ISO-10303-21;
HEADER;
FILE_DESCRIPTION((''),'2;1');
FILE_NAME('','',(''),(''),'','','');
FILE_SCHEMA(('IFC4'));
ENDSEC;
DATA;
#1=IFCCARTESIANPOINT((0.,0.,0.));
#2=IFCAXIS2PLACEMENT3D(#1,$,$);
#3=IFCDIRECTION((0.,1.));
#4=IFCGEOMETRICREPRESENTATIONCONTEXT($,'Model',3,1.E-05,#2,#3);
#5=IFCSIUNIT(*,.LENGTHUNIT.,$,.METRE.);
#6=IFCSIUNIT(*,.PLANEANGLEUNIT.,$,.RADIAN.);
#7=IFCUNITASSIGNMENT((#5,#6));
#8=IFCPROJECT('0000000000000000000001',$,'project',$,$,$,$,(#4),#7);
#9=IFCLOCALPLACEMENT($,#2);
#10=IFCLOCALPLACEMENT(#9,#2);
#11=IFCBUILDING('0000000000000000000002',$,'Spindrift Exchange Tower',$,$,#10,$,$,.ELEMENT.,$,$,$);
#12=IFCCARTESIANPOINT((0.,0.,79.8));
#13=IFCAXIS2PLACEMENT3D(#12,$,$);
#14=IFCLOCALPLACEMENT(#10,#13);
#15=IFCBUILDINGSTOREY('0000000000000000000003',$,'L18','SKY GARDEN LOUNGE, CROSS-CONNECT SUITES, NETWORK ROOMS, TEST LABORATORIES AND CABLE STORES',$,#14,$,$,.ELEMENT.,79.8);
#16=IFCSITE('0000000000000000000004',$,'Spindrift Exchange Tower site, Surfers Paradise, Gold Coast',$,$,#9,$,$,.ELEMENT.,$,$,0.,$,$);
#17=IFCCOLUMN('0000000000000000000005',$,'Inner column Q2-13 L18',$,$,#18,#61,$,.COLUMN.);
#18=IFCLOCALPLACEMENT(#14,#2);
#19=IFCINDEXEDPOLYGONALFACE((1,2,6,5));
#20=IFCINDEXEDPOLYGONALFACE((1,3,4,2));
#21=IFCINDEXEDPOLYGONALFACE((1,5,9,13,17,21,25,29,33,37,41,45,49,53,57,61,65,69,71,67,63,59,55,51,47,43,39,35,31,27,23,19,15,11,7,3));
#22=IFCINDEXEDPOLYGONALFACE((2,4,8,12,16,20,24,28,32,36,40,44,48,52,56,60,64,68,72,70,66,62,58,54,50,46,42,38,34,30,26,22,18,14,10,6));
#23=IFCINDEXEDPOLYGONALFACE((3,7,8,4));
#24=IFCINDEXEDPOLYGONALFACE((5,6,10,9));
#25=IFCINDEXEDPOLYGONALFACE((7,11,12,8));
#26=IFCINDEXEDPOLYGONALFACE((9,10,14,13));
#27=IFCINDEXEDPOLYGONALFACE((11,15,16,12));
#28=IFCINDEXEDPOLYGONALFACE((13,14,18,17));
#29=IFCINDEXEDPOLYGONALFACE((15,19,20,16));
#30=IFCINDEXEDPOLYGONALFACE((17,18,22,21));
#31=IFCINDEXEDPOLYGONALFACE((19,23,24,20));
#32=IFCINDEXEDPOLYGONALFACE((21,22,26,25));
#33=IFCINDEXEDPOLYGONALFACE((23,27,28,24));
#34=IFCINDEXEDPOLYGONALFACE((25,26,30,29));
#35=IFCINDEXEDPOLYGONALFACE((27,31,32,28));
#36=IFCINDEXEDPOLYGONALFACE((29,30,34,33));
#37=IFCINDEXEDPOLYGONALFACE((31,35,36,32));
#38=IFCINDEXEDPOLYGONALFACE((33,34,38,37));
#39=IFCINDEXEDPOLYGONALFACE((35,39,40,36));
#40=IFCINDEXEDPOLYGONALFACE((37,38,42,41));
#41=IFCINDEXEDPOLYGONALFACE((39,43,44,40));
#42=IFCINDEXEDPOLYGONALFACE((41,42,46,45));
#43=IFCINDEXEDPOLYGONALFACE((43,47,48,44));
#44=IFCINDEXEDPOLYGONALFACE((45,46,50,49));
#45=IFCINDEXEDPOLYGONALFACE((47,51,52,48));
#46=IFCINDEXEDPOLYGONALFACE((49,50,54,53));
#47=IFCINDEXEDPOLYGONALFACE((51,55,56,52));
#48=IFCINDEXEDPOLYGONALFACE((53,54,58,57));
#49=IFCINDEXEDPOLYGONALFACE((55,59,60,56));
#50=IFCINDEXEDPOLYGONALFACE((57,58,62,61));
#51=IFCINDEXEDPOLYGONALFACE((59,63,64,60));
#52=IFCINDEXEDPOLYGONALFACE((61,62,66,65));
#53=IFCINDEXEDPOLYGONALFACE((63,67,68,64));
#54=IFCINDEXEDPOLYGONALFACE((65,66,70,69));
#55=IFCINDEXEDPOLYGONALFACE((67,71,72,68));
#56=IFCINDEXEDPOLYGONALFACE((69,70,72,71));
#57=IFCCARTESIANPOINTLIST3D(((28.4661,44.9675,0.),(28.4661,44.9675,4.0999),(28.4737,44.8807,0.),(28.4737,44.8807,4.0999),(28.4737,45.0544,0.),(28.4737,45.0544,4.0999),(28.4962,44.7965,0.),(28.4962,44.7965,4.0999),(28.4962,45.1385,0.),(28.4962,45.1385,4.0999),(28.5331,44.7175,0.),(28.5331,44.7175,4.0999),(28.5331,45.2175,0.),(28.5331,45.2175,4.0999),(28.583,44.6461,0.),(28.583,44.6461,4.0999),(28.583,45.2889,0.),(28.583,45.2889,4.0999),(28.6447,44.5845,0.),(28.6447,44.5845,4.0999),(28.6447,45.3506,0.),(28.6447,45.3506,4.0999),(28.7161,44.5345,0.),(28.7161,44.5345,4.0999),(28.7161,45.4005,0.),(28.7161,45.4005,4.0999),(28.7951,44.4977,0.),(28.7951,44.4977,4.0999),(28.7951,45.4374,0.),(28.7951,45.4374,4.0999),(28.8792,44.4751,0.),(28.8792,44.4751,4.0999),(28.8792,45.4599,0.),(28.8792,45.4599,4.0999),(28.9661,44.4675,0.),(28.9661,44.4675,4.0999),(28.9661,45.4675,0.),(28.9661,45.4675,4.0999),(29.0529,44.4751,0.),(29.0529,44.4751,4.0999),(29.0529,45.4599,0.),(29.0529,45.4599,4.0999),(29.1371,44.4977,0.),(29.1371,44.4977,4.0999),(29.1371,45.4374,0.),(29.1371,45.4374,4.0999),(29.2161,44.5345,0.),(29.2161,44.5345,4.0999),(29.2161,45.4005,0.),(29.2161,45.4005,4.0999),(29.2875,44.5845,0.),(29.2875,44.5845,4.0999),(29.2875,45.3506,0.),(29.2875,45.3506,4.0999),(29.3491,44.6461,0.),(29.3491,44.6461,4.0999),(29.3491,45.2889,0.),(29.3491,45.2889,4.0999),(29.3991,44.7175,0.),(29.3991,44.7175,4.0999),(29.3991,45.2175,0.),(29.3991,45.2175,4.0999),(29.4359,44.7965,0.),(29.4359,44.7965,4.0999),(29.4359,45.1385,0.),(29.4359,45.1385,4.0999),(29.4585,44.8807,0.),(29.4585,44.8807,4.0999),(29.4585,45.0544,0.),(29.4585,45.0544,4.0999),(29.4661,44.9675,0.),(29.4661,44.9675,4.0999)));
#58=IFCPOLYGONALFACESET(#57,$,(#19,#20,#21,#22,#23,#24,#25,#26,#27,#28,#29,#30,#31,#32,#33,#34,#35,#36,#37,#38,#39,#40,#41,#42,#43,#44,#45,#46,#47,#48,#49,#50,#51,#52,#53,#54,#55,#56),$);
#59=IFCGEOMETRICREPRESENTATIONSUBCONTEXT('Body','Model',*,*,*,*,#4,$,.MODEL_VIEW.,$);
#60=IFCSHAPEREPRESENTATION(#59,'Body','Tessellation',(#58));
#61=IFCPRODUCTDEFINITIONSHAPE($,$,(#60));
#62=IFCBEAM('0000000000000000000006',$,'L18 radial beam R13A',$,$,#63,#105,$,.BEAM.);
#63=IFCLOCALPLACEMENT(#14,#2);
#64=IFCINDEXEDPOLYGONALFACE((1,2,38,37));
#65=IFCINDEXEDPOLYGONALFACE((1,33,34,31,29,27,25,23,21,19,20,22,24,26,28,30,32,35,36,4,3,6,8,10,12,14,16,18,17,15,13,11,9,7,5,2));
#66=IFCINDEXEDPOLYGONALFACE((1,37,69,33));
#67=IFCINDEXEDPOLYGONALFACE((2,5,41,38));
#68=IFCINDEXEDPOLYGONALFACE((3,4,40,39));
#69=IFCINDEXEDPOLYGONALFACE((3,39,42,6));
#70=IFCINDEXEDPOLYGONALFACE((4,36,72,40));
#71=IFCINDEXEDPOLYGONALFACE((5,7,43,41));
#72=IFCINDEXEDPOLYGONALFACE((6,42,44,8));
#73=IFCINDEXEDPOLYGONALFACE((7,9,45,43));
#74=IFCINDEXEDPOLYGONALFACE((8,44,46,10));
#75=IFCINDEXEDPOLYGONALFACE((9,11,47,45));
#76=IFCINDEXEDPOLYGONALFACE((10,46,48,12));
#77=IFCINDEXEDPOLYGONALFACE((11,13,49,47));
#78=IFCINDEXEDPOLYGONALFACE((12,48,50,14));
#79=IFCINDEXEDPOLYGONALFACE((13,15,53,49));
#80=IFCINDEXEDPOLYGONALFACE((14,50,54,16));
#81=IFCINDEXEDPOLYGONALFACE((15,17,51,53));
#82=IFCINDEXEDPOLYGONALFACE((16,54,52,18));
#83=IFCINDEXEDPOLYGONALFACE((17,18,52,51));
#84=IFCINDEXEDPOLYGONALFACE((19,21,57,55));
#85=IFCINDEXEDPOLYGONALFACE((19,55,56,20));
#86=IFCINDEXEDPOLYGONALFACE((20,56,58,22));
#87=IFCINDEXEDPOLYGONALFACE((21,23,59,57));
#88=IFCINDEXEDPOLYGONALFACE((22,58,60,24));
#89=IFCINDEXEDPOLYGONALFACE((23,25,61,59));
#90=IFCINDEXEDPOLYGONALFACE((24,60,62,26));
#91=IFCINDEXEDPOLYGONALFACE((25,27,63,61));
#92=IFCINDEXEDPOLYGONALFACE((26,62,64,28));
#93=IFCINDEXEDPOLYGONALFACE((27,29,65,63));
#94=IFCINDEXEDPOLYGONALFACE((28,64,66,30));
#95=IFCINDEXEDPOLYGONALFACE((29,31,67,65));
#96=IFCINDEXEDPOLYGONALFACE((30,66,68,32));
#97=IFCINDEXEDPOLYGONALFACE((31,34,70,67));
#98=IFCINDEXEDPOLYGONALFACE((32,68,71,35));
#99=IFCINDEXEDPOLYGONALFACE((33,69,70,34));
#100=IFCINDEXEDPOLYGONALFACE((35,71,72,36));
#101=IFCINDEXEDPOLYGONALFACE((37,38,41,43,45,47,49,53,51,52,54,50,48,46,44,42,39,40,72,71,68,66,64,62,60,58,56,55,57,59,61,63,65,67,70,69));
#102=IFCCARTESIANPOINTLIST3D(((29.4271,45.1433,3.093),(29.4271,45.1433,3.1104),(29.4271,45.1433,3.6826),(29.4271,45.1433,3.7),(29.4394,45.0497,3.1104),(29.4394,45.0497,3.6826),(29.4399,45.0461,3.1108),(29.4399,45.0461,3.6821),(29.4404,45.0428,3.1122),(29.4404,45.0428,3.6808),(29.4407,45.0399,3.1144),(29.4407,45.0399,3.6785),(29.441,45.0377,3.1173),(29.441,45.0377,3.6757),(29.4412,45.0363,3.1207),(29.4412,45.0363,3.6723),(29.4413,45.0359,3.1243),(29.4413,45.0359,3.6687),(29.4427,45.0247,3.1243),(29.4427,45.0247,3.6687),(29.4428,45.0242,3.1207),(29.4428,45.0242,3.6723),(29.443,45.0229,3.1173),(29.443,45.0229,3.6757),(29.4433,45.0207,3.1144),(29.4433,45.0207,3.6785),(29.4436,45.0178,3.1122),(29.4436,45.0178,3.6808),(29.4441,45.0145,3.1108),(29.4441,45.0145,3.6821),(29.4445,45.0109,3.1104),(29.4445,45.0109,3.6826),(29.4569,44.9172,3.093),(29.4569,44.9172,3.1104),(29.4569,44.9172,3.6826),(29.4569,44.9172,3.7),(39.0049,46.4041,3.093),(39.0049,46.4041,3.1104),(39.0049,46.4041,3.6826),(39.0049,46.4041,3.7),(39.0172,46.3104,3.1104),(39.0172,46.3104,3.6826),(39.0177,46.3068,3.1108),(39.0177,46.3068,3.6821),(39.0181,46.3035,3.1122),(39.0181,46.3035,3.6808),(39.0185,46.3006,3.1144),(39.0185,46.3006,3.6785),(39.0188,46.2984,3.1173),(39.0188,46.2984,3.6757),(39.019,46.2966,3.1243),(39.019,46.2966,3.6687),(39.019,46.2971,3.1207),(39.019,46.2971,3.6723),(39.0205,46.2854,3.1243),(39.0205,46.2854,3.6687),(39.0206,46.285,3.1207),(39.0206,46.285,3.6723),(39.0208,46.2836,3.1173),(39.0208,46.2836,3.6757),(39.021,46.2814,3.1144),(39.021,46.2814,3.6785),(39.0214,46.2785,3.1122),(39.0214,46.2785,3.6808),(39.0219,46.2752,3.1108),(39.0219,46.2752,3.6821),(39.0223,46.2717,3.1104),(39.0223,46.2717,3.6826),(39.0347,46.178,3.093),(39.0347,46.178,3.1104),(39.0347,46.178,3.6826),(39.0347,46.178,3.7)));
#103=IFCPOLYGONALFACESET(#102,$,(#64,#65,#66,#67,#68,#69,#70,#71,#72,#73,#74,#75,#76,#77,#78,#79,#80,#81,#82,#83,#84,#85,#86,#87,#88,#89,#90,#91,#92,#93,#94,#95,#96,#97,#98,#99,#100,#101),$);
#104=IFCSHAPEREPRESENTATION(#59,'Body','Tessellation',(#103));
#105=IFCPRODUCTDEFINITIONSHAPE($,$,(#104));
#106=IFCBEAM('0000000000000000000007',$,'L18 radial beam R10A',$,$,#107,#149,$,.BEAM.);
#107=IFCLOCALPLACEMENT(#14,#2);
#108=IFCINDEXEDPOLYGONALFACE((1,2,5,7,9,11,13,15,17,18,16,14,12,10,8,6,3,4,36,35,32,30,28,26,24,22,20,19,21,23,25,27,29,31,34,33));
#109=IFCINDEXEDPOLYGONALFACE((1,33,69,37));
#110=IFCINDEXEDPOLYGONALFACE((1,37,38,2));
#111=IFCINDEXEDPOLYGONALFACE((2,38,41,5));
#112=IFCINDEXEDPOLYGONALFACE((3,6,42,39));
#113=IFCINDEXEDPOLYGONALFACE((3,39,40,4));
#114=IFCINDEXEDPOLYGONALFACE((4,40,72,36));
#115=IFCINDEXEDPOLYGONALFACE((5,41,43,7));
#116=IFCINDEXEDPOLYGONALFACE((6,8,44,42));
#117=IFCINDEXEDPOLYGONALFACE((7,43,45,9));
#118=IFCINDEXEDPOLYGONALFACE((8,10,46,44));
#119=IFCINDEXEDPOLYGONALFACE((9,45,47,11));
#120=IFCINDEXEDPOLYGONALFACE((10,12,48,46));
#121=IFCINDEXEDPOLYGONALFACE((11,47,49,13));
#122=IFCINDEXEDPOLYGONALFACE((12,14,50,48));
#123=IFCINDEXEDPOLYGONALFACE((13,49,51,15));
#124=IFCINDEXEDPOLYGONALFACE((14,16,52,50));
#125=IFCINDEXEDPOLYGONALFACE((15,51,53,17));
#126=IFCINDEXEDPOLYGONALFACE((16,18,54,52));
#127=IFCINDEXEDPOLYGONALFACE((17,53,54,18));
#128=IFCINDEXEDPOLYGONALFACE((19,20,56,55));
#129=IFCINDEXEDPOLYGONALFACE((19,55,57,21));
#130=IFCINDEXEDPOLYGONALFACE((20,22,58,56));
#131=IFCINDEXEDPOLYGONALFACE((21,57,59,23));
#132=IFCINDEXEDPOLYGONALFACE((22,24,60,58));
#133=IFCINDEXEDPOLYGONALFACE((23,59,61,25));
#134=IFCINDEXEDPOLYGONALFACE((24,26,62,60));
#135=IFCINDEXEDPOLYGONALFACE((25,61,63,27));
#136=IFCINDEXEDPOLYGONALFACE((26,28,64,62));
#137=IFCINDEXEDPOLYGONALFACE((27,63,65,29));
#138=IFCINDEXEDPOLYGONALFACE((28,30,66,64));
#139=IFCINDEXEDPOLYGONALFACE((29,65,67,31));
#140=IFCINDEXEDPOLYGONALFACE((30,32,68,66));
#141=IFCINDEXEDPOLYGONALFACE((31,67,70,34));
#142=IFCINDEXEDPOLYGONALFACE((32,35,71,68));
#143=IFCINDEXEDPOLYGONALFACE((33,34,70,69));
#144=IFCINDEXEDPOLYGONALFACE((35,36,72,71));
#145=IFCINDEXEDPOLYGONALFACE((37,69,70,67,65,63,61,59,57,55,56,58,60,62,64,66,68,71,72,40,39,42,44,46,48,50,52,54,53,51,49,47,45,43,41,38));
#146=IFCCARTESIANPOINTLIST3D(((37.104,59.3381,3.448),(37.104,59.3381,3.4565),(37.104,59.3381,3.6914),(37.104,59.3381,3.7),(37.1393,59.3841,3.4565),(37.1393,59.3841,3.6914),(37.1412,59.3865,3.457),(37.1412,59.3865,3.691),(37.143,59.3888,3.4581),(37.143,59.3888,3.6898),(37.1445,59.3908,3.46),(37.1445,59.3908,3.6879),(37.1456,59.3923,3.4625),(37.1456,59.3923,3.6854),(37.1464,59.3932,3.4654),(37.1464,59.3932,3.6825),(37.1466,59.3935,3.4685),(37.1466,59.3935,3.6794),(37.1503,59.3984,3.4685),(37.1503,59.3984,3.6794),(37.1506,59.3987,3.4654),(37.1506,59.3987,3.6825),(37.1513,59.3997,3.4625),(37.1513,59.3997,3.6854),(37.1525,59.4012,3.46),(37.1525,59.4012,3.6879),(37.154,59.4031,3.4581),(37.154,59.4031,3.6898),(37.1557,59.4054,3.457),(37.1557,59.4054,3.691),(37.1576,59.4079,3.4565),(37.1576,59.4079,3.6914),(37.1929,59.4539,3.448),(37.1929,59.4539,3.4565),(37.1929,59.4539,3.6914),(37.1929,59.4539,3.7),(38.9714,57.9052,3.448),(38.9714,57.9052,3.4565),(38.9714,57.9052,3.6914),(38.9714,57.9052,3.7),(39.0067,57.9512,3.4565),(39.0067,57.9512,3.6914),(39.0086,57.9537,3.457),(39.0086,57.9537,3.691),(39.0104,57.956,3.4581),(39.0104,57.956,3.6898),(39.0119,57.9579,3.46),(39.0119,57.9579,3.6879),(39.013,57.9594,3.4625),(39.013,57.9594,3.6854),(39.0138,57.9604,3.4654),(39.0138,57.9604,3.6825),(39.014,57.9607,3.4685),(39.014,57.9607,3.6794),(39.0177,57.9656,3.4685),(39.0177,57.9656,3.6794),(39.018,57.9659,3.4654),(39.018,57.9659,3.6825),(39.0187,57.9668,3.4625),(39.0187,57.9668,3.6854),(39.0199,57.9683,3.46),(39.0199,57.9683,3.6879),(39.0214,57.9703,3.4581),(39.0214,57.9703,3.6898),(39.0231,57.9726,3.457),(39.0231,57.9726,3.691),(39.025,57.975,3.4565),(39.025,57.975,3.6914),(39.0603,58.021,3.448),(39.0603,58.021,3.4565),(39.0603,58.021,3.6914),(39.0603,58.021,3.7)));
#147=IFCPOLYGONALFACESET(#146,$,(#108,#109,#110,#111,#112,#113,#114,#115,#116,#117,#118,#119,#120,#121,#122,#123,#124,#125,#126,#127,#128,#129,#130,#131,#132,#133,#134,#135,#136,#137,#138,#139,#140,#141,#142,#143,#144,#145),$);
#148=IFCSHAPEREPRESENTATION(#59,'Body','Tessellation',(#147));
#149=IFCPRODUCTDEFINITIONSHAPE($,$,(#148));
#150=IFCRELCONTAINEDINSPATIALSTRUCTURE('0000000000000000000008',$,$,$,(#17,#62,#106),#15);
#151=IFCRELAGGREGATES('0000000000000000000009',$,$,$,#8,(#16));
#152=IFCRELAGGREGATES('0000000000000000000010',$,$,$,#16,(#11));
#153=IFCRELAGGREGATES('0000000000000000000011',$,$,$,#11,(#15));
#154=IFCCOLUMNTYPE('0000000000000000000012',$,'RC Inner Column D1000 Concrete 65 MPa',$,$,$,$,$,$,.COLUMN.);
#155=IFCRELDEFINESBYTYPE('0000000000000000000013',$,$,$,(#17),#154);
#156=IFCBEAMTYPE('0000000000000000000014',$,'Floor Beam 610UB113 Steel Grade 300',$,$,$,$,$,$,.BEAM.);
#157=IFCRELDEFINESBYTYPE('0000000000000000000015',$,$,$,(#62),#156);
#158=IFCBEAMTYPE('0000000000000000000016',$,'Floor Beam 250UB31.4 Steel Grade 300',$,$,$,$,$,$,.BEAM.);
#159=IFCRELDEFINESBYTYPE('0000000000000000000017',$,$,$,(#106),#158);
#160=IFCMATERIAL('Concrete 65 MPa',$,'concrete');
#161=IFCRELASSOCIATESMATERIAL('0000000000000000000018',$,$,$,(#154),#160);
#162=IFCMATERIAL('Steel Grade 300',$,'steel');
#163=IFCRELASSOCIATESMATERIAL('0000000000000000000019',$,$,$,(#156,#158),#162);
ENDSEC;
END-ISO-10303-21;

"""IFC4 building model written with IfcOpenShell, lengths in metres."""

from ifc_helpers import new_model, si_unit, direction, frame, origin, origin_2d, place, context, subcontext, project, spatial, circle, i_section, extrude, source, transform, mapped, material, material_profile, profile_set, type_object, element, save


model = new_model("IFC4")

# Units and contexts
model_context = context("Model", 3, precision=1e-05, world=origin(), true_north=direction((0.0, 1.0)))
body_context = subcontext(model_context, "Body", "Model", "MODEL_VIEW")
ifc_project = project(units=[si_unit("LENGTHUNIT", "METRE"), si_unit("PLANEANGLEUNIT", "RADIAN")], contexts=[model_context])

# Site, building, storey
site_placement = place(None, origin())
site = spatial("IfcSite", under=ifc_project, at=site_placement, Name="Spindrift Exchange Tower site, Surfers Paradise, Gold Coast", CompositionType="ELEMENT", RefElevation=0.0)
building_placement = place(site_placement, origin())
building = spatial("IfcBuilding", under=site, at=building_placement, Name="Spindrift Exchange Tower", CompositionType="ELEMENT")
storey_placement = place(building_placement, frame((0.0, 0.0, 79.8)))
storey = spatial("IfcBuildingStorey", under=building, at=storey_placement, Name="L18", Description="SKY GARDEN LOUNGE, CROSS-CONNECT SUITES, NETWORK ROOMS, TEST LABORATORIES AND CABLE STORES", CompositionType="ELEMENT", Elevation=79.8)

# Column
ifc_material_1 = material(Name="Concrete 65 MPa", Category="concrete")
ifc_material_profile_1 = material_profile(ifc_material_1, circle(Radius=0.5, at=origin_2d()), Name="RC D1000")
ifc_profile_set_1 = profile_set([ifc_material_profile_1], Name="Concrete 65 MPa")
column_type_1 = type_object("IfcColumnType", Name="RC Inner Column D1000 Concrete 65 MPa", PredefinedType="COLUMN", material=ifc_profile_set_1)
shared_shape_1 = source(origin(), body_context, "Body", "SweptSolid", [
    extrude(circle(Radius=0.5, at=origin_2d()), origin(), (0.0, 0.0, 1.0), 4.0999),
])
for number, where, z_axis, x_axis, name in (
    (1, (28.9661, 44.9675, 0.0), (0.0, 0.0, 1.0), (1.0, 0.0, 0.0), "Inner column Q2-13 L18"),
):
    element("IfcColumn", number, at=place(storey_placement, frame(where, z_axis=z_axis, x_axis=x_axis)), inside=storey, type_object=column_type_1, Name=name, PredefinedType="COLUMN", context=body_context, shape_type="MappedRepresentation", body=[
        mapped(shared_shape_1, transform((0.0, 0.0, 0.0), scale=1.0)),
    ])

# Beams
ifc_material_2 = material(Name="Steel Grade 300", Category="steel")
ifc_material_profile_2 = material_profile(ifc_material_2, i_section(OverallWidth=0.228, OverallDepth=0.6069, WebThickness=0.0112, FlangeThickness=0.0173, FilletRadius=0.0139, at=origin_2d()), Name="610UB113")
ifc_profile_set_2 = profile_set([ifc_material_profile_2], Name="Steel Grade 300")
beam_type_1 = type_object("IfcBeamType", Name="Floor Beam 610UB113 Steel Grade 300", PredefinedType="BEAM", material=ifc_profile_set_2)
shared_shape_2 = source(origin(), body_context, "Body", "SweptSolid", [
    extrude(i_section(OverallWidth=0.228, OverallDepth=0.6069, WebThickness=0.0112, FlangeThickness=0.0173, FilletRadius=0.0139, at=origin_2d()), origin(), (0.0, 0.0, 1.0), 9.6604),
])
beam_1_placement = place(storey_placement, frame((39.0198, 46.291, 3.3965), z_axis=(-0.991448, -0.130505, 0.0), x_axis=(0.130505, -0.991448, 0.0)))
element("IfcBeam", 2, at=beam_1_placement, inside=storey, type_object=beam_type_1, Name="L18 radial beam R13A", PredefinedType="BEAM", context=body_context, shape_type="MappedRepresentation", body=[
    mapped(shared_shape_2, transform((0.0, 0.0, 0.0), scale=1.0)),
])
ifc_material_profile_3 = material_profile(ifc_material_2, i_section(OverallWidth=0.146, OverallDepth=0.252, WebThickness=0.0061, FlangeThickness=0.0085, FilletRadius=0.012, at=origin_2d()), Name="250UB31.4")
ifc_profile_set_3 = profile_set([ifc_material_profile_3], Name="Steel Grade 300")
beam_type_2 = type_object("IfcBeamType", Name="Floor Beam 250UB31.4 Steel Grade 300", PredefinedType="BEAM", material=ifc_profile_set_3)
shared_shape_3 = source(origin(), body_context, "Body", "SweptSolid", [
    extrude(i_section(OverallWidth=0.146, OverallDepth=0.252, WebThickness=0.0061, FlangeThickness=0.0085, FilletRadius=0.012, at=origin_2d()), origin(), (0.0, 0.0, 1.0), 2.3538),
])
beam_2_placement = place(storey_placement, frame((39.0159, 57.9631, 3.574), z_axis=(-0.793368, 0.608743, 0.0), x_axis=(-0.608743, -0.793368, 0.0)))
element("IfcBeam", 3, at=beam_2_placement, inside=storey, type_object=beam_type_2, Name="L18 radial beam R10A", PredefinedType="BEAM", context=body_context, shape_type="MappedRepresentation", body=[
    mapped(shared_shape_3, transform((0.0, 0.0, 0.0), scale=1.0)),
])

save(model, "model.ifc")
